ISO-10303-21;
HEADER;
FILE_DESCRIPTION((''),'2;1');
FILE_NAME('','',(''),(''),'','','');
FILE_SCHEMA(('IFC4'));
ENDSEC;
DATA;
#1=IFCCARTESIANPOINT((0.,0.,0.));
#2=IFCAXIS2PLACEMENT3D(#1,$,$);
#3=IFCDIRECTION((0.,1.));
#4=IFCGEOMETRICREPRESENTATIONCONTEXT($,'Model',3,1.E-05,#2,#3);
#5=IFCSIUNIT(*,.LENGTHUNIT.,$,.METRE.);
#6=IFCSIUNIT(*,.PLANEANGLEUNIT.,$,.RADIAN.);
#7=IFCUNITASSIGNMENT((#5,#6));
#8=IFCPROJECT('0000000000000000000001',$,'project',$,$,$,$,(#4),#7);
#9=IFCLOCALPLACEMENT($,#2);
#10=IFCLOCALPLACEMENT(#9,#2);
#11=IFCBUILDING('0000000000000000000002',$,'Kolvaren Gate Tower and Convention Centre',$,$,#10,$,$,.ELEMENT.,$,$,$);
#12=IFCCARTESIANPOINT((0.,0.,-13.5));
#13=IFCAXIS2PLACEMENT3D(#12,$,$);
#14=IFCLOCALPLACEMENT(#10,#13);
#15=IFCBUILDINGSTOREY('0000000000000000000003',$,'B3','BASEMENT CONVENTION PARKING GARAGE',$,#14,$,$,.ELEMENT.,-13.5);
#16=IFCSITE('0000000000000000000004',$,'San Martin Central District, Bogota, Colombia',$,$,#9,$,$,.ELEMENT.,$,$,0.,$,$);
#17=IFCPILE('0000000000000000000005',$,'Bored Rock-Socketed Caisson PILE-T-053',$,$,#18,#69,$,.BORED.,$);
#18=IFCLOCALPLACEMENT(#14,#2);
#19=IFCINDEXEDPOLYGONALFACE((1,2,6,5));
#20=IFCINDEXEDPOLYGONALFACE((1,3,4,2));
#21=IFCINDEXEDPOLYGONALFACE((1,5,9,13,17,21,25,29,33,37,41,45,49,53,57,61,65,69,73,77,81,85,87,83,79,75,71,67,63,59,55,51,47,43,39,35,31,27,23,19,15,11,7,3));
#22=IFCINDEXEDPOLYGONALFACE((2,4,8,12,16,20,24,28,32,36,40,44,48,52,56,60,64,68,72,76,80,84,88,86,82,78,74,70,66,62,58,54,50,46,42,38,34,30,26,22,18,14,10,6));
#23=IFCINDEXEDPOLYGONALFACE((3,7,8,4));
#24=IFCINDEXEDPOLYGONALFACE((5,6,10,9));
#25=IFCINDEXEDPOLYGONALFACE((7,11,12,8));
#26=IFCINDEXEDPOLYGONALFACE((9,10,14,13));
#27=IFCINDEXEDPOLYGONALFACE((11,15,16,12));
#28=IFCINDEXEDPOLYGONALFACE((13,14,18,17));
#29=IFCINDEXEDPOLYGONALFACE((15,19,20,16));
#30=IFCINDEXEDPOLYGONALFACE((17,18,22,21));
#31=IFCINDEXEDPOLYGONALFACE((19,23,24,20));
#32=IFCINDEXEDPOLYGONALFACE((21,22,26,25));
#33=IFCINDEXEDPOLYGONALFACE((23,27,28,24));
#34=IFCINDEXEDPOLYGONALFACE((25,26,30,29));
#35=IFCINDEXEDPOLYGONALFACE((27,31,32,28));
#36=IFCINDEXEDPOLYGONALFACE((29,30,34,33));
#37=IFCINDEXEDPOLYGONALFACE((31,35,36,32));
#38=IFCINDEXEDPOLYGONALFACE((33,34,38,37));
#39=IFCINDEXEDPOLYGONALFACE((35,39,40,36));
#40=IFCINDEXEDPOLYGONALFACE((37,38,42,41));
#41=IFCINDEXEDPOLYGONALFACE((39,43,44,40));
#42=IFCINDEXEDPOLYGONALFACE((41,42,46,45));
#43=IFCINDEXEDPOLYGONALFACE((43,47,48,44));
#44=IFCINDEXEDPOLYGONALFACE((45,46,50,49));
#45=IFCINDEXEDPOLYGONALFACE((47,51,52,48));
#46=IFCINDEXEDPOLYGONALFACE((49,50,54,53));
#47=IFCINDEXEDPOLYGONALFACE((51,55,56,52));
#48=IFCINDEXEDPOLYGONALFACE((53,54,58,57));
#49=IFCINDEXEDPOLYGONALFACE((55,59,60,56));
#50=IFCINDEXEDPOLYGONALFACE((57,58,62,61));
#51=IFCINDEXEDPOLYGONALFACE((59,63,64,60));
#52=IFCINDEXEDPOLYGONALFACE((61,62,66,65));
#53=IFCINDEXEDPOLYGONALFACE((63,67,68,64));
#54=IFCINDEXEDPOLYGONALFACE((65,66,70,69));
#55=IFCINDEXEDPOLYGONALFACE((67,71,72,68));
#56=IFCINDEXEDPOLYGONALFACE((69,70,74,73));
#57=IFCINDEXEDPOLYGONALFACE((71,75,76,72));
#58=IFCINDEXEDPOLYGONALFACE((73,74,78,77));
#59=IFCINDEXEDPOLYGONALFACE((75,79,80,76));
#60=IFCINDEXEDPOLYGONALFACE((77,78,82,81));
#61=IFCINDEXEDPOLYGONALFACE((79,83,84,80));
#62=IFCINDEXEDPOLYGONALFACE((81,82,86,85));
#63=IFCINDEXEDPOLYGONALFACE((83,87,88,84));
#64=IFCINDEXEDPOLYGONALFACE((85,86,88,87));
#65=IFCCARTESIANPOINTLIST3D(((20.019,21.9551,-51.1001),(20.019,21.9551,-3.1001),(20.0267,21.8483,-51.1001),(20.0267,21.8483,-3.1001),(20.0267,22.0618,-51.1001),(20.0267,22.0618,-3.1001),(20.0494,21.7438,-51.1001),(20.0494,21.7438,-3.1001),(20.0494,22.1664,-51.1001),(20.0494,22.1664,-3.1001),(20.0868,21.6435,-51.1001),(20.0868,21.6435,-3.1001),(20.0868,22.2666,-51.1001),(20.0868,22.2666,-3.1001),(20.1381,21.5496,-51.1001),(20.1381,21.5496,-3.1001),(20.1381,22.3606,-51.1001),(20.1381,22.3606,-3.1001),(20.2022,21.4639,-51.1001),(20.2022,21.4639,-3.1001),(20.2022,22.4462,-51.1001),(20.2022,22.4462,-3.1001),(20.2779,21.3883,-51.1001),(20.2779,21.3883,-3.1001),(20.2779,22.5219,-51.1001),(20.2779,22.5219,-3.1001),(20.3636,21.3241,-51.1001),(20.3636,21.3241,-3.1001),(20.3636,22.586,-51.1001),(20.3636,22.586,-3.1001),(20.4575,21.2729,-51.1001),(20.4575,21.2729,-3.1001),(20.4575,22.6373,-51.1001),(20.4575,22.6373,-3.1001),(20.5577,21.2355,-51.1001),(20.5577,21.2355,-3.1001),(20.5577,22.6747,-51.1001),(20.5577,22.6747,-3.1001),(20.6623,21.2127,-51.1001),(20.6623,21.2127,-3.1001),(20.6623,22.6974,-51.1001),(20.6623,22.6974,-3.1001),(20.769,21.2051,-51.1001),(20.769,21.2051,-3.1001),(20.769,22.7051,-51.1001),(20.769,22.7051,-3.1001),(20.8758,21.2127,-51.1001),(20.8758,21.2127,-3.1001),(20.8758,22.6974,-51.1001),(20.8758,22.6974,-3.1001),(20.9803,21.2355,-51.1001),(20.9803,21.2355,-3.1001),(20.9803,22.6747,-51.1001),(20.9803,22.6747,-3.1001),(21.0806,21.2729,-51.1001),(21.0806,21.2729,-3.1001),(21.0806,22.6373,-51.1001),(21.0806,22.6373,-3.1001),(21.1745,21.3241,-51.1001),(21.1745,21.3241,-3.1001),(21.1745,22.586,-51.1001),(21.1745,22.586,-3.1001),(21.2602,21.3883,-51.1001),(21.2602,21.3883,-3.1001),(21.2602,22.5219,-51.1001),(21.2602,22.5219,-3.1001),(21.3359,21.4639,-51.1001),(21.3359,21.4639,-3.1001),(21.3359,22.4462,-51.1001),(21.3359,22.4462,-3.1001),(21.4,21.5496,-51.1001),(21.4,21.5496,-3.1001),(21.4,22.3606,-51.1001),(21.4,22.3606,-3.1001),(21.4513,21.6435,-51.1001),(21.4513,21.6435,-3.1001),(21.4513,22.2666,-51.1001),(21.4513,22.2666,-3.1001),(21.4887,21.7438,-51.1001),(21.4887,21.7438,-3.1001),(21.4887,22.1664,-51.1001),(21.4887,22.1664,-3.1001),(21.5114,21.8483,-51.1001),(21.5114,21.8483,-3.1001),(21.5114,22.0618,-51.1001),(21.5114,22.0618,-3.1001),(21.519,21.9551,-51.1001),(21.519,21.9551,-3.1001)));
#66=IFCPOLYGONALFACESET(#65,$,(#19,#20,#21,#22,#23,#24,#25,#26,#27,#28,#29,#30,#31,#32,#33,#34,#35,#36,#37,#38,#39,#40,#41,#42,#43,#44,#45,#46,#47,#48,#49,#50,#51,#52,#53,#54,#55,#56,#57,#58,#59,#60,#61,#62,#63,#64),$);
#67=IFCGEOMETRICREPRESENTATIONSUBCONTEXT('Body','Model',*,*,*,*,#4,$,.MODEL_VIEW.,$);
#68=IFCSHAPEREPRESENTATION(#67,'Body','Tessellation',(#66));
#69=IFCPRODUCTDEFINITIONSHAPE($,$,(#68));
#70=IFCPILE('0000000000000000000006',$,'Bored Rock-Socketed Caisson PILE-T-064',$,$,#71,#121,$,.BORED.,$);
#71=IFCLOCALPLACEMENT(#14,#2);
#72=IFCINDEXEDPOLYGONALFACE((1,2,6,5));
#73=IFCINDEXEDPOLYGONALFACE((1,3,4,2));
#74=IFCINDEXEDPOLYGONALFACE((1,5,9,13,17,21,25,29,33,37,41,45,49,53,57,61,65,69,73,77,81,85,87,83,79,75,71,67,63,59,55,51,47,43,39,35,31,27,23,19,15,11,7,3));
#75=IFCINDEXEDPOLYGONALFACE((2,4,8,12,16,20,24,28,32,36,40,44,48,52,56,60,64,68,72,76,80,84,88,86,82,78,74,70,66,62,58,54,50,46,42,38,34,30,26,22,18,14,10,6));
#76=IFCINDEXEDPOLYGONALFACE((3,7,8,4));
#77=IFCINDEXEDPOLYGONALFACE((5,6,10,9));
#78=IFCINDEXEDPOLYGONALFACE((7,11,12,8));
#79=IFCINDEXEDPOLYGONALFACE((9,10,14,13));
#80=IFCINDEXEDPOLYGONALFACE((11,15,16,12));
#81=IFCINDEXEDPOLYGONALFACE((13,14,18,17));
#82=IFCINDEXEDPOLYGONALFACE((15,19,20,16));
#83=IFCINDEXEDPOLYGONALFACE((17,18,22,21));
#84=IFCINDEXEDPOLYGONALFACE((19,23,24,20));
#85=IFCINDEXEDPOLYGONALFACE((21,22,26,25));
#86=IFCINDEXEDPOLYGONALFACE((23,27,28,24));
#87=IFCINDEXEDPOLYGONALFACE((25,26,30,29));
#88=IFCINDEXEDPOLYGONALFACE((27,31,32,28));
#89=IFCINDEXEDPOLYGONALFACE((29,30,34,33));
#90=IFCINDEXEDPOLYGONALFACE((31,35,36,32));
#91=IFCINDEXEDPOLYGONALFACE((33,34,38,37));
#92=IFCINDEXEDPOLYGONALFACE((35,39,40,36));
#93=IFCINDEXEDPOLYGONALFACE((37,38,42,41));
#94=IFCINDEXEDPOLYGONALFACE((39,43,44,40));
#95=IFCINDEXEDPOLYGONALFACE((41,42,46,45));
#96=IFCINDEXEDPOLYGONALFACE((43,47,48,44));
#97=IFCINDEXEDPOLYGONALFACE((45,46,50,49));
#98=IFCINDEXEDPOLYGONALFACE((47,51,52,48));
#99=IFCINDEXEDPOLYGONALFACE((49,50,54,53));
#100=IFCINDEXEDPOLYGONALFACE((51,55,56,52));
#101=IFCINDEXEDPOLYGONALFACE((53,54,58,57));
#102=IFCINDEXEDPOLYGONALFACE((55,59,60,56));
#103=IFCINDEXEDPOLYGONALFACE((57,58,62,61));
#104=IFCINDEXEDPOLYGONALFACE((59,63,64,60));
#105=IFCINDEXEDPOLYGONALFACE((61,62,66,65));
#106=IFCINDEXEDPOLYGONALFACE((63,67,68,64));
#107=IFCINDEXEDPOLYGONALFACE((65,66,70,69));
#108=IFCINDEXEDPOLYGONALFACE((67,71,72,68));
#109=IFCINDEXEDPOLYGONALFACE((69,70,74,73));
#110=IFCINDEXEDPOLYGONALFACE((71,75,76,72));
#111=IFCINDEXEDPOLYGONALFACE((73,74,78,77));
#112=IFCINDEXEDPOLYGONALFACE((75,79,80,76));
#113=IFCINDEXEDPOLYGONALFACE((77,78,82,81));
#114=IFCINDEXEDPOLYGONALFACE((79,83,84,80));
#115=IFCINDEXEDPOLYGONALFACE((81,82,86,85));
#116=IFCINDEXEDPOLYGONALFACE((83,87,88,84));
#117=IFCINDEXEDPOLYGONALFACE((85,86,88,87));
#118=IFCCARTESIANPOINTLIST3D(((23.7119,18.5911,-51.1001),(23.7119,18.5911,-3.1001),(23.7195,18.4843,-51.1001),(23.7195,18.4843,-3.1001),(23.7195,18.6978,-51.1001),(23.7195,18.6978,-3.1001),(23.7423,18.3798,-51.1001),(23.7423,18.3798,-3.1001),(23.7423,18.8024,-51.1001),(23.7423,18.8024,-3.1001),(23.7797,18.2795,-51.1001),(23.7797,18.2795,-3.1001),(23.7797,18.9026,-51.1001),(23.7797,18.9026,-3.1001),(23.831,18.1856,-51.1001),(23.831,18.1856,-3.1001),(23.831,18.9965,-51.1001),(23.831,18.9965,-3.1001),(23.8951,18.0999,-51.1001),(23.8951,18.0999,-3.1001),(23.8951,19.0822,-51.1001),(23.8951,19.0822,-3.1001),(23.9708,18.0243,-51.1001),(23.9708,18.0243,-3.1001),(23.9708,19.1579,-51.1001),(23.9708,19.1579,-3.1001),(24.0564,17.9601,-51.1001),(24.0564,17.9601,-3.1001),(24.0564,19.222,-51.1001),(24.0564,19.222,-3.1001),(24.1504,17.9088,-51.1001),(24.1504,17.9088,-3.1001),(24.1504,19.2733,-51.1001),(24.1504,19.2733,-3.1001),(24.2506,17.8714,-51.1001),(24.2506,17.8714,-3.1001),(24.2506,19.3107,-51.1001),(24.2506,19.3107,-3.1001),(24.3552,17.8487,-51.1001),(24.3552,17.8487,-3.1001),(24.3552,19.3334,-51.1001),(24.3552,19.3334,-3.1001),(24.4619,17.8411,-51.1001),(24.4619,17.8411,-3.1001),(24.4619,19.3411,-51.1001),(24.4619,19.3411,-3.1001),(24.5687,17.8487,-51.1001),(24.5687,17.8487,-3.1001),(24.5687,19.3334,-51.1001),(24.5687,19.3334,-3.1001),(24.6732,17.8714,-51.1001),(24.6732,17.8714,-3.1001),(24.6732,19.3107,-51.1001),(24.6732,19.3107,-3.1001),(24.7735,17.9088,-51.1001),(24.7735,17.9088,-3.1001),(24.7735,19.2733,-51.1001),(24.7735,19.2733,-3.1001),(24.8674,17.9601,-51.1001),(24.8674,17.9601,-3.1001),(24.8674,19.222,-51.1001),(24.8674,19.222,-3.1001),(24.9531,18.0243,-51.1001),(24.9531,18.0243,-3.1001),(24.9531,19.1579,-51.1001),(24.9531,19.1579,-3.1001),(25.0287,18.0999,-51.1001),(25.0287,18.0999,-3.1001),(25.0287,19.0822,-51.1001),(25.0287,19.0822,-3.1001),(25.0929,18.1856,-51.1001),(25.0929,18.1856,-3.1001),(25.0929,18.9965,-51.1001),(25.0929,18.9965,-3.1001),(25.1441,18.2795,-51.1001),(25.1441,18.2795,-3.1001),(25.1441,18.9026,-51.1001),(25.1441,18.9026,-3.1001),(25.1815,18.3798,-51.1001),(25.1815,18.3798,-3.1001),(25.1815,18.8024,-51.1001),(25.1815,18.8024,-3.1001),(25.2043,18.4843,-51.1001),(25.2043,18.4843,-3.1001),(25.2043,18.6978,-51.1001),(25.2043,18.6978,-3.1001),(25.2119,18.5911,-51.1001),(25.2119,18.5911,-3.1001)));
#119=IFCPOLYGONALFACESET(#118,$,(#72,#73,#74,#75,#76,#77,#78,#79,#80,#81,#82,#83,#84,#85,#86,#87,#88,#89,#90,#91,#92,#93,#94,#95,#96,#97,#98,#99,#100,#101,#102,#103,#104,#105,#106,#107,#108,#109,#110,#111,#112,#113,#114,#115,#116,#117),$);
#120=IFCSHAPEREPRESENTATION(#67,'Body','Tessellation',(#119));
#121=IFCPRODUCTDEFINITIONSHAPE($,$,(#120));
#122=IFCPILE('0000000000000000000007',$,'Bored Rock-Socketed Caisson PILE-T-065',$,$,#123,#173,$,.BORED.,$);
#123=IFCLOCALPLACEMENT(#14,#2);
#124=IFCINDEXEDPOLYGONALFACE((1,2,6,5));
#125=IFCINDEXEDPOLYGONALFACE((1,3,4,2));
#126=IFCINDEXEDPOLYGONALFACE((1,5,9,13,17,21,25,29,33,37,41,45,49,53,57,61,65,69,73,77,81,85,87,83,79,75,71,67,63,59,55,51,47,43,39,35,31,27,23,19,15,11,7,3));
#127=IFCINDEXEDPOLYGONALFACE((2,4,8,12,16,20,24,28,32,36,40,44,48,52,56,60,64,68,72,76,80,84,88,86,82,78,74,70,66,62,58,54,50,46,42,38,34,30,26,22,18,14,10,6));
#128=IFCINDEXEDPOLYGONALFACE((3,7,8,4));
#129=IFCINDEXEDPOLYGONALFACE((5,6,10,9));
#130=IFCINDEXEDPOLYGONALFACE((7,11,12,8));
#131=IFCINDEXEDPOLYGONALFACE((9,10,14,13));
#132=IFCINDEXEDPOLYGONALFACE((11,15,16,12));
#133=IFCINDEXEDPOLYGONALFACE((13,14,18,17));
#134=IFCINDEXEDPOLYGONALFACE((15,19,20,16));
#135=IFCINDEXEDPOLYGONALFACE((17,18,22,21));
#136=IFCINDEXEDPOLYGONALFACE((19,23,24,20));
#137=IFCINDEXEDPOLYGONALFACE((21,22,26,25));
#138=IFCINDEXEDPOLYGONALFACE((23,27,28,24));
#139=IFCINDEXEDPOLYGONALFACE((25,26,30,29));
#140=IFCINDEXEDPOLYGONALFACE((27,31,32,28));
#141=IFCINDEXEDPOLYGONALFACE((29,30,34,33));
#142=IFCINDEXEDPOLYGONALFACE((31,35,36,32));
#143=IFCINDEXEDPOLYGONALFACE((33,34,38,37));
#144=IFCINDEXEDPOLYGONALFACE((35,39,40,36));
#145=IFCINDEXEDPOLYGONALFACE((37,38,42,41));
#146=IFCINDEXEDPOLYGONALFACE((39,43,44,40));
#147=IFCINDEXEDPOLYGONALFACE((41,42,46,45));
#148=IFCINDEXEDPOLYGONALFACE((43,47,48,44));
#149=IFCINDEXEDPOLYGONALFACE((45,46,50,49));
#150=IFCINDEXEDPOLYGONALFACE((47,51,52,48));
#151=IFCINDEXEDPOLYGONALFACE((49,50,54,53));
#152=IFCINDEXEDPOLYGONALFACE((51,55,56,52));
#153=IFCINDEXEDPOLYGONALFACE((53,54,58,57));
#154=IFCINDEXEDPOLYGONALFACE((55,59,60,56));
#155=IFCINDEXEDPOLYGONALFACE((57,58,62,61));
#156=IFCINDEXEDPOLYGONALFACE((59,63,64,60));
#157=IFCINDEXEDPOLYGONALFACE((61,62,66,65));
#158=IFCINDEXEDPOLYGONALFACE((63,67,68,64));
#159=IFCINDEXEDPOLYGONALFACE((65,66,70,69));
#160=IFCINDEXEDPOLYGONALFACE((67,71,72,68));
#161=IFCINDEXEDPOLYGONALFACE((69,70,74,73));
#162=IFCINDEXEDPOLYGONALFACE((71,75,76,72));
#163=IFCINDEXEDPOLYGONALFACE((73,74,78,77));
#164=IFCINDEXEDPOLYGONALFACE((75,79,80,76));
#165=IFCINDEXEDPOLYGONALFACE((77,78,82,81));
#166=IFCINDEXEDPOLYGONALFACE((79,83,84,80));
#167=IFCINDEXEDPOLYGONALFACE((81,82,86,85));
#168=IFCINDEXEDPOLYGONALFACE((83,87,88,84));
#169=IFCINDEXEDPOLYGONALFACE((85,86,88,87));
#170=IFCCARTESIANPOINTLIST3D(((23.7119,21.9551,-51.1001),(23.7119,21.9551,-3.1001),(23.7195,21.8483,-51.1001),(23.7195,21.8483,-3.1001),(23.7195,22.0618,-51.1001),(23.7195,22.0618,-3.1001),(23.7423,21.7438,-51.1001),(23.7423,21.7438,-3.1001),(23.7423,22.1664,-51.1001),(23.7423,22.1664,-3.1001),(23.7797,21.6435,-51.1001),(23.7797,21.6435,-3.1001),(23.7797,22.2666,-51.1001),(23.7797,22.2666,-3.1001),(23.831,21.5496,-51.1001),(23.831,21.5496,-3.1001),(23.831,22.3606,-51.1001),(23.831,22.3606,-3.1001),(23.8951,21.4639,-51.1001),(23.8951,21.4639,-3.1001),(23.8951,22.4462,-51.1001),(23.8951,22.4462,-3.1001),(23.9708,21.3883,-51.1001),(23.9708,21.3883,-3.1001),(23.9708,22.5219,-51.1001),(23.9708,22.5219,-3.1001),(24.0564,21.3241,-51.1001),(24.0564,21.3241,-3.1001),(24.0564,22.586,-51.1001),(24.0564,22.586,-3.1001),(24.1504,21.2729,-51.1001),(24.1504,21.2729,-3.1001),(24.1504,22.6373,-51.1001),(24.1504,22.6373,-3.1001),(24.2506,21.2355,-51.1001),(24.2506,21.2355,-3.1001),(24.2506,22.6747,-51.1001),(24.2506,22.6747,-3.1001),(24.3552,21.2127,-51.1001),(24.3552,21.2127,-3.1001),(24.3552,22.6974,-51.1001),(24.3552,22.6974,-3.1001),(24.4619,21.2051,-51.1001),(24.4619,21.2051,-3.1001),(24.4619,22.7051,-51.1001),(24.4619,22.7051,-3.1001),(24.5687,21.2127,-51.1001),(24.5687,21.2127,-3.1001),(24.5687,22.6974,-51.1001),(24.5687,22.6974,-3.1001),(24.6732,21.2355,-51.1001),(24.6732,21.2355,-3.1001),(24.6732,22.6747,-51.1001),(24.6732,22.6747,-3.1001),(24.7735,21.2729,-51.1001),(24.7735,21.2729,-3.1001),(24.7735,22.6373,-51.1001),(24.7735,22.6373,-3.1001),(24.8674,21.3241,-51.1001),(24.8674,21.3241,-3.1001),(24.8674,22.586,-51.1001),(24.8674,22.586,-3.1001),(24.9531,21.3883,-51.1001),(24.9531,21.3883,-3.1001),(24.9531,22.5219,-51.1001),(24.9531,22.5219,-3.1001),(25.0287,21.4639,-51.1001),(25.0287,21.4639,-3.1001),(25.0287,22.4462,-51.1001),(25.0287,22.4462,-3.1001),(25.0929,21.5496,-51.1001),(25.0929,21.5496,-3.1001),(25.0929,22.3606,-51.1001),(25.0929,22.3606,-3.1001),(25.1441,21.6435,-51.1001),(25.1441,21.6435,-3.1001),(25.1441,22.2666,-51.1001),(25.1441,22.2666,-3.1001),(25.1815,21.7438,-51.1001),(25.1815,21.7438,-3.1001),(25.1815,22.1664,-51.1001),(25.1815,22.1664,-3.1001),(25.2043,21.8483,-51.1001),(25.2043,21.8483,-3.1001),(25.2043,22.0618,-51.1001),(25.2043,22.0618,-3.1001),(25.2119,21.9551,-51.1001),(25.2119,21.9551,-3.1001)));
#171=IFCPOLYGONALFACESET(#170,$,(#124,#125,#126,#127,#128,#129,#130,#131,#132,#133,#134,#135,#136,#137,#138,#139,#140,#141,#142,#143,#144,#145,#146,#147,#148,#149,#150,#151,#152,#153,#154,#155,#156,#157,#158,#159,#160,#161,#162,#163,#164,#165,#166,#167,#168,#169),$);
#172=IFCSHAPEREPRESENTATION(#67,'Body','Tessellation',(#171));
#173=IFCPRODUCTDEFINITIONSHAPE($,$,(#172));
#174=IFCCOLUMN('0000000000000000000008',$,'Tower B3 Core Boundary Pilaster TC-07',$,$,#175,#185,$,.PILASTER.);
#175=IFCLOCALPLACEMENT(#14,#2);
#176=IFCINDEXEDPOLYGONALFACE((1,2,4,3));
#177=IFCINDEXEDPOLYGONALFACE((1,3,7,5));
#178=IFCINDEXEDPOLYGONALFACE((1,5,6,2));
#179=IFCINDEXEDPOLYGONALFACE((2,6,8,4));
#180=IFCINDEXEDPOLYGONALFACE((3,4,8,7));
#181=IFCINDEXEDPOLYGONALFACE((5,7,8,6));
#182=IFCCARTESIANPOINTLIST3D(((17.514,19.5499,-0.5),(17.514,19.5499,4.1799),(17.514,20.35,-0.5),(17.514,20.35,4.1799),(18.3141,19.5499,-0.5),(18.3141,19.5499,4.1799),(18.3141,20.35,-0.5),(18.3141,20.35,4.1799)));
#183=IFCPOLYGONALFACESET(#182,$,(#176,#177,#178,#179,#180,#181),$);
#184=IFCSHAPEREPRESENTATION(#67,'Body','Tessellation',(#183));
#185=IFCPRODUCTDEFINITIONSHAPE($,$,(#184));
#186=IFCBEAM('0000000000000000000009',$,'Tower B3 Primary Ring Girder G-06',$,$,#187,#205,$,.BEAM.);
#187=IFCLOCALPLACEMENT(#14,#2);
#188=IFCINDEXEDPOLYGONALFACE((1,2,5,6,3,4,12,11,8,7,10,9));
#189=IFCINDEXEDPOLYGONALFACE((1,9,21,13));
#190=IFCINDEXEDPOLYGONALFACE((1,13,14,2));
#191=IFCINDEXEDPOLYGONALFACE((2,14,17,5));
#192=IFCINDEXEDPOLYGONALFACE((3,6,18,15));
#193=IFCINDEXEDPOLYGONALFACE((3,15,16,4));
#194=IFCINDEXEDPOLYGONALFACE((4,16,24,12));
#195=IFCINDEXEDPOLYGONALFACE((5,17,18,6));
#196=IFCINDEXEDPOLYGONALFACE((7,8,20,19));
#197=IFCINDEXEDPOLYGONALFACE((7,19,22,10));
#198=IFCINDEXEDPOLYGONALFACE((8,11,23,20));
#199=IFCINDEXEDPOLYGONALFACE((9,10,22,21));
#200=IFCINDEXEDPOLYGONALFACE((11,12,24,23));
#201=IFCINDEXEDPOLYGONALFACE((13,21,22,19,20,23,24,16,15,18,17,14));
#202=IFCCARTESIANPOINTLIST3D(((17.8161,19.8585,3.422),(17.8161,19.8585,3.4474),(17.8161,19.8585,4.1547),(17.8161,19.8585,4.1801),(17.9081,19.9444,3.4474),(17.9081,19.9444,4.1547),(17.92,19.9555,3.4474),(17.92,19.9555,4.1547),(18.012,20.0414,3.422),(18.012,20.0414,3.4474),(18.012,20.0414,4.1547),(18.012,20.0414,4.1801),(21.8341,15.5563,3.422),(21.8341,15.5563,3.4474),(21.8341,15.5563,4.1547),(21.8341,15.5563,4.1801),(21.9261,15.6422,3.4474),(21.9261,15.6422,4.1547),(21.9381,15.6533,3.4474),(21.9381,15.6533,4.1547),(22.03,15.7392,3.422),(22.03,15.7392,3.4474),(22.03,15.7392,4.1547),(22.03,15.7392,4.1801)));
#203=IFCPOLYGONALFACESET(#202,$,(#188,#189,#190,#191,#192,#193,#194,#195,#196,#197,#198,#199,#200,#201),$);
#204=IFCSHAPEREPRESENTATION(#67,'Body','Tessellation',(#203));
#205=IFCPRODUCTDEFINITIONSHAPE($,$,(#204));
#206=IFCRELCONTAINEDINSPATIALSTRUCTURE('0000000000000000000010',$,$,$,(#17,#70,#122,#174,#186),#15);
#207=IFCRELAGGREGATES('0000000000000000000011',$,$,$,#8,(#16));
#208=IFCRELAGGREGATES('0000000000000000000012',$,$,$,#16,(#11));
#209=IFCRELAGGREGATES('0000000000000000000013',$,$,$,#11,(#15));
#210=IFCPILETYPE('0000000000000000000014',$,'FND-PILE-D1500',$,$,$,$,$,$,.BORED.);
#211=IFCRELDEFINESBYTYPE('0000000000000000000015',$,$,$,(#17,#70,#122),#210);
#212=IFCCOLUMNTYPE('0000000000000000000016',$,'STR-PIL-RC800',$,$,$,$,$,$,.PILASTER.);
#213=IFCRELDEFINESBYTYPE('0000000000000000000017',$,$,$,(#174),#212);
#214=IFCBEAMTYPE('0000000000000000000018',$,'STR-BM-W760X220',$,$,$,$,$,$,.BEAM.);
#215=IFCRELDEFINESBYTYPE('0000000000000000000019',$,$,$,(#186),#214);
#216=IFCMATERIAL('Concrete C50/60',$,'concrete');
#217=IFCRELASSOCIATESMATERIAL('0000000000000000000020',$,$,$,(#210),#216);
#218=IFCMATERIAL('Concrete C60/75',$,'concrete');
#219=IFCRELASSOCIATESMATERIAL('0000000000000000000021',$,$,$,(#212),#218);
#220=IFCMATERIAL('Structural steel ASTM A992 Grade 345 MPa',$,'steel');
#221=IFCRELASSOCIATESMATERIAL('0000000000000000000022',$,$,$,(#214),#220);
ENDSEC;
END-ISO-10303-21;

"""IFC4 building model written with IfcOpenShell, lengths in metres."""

from ifc_helpers import new_model, si_unit, direction, frame, origin, origin_2d, place, context, subcontext, project, spatial, rectangle, circle, i_section, extrude, material, material_profile, profile_set, type_object, element, save


model = new_model("IFC4")

# Units and contexts
model_context = context("Model", 3, precision=1e-05, world=origin(), true_north=direction((0.0, 1.0)))
body_context = subcontext(model_context, "Body", "Model", "MODEL_VIEW")
ifc_project = project(units=[si_unit("LENGTHUNIT", "METRE"), si_unit("PLANEANGLEUNIT", "RADIAN")], contexts=[model_context])

# Site, building, storey
site_placement = place(None, origin())
site = spatial("IfcSite", under=ifc_project, at=site_placement, Name="San Martin Central District, Bogota, Colombia", CompositionType="ELEMENT", RefElevation=0.0)
building_placement = place(site_placement, origin())
building = spatial("IfcBuilding", under=site, at=building_placement, Name="Kolvaren Gate Tower and Convention Centre", CompositionType="ELEMENT")
storey_placement = place(building_placement, frame((0.0, 0.0, -13.5)))
storey = spatial("IfcBuildingStorey", under=building, at=storey_placement, Name="B3", Description="BASEMENT CONVENTION PARKING GARAGE", CompositionType="ELEMENT", Elevation=-13.5)

# Piles
ifc_material_1 = material(Name="Concrete C50/60", Category="concrete")
ifc_material_profile_1 = material_profile(ifc_material_1, circle(Radius=0.75, at=origin_2d()), Name="CAISSON-D1500")
ifc_profile_set_1 = profile_set([ifc_material_profile_1], Name="Concrete C50/60")
pile_type = type_object("IfcPileType", Name="FND-PILE-D1500", PredefinedType="BORED", material=ifc_profile_set_1)
for number, where, z_axis, x_axis, name in (
    (1, (20.769, 21.9551, -3.1001), (0.0, 0.0, -1.0), (1.0, 0.0, 0.0), "Bored Rock-Socketed Caisson PILE-T-053"),
    (2, (24.4619, 18.5911, -3.1001), (0.0, 0.0, -1.0), (1.0, 0.0, 0.0), "Bored Rock-Socketed Caisson PILE-T-064"),
    (3, (24.4619, 21.9551, -3.1001), (0.0, 0.0, -1.0), (1.0, 0.0, 0.0), "Bored Rock-Socketed Caisson PILE-T-065"),
):
    element("IfcPile", number, at=place(storey_placement, frame(where, z_axis=z_axis, x_axis=x_axis)), inside=storey, type_object=pile_type, Name=name, PredefinedType="BORED", context=body_context, shape_type="SweptSolid", body=[
        extrude(circle(Radius=0.75, at=origin_2d()), origin(), (0.0, 0.0, 1.0), 48.0),
    ])

# Column
ifc_material_2 = material(Name="Concrete C60/75", Category="concrete")
ifc_material_profile_2 = material_profile(ifc_material_2, rectangle(XDim=0.8, YDim=0.8, at=origin_2d()), Name="RC-COL-800X800")
ifc_profile_set_2 = profile_set([ifc_material_profile_2], Name="Concrete C60/75")
column_type = type_object("IfcColumnType", Name="STR-PIL-RC800", PredefinedType="PILASTER", material=ifc_profile_set_2)
column_placement = place(storey_placement, frame((17.9141, 19.95, -0.5), z_axis=(0.0, 0.0, 1.0), x_axis=(1.0, 0.0, 0.0)))
element("IfcColumn", 4, at=column_placement, inside=storey, type_object=column_type, Name="Tower B3 Core Boundary Pilaster TC-07", PredefinedType="PILASTER", context=body_context, shape_type="SweptSolid", body=[
    extrude(rectangle(XDim=0.8, YDim=0.8, at=origin_2d()), origin(), (0.0, 0.0, 1.0), 4.6799),
])

# Beam
ifc_material_3 = material(Name="Structural steel ASTM A992 Grade 345 MPa", Category="steel")
ifc_material_profile_3 = material_profile(ifc_material_3, i_section(OverallWidth=0.2681, OverallDepth=0.7581, WebThickness=0.0164, FlangeThickness=0.0254, at=origin_2d()), Name="W760X220")
ifc_profile_set_3 = profile_set([ifc_material_profile_3], Name="Structural steel ASTM A992 Grade 345 MPa")
beam_type_1 = type_object("IfcBeamType", Name="STR-BM-W760X220", PredefinedType="BEAM", material=ifc_profile_set_3)
beam_1_placement = place(storey_placement, frame((17.9141, 19.95, 3.801), z_axis=(0.682558, -0.730832, 0.0), x_axis=(0.730832, 0.682558, 0.0)))
element("IfcBeam", 5, at=beam_1_placement, inside=storey, type_object=beam_type_1, Name="Tower B3 Primary Ring Girder G-06", PredefinedType="BEAM", context=body_context, shape_type="SweptSolid", body=[
    extrude(i_section(OverallWidth=0.2681, OverallDepth=0.7581, WebThickness=0.0164, FlangeThickness=0.0254, at=origin_2d()), origin(), (0.0, 0.0, 1.0), 5.8867),
])

save(model, "model.ifc")
